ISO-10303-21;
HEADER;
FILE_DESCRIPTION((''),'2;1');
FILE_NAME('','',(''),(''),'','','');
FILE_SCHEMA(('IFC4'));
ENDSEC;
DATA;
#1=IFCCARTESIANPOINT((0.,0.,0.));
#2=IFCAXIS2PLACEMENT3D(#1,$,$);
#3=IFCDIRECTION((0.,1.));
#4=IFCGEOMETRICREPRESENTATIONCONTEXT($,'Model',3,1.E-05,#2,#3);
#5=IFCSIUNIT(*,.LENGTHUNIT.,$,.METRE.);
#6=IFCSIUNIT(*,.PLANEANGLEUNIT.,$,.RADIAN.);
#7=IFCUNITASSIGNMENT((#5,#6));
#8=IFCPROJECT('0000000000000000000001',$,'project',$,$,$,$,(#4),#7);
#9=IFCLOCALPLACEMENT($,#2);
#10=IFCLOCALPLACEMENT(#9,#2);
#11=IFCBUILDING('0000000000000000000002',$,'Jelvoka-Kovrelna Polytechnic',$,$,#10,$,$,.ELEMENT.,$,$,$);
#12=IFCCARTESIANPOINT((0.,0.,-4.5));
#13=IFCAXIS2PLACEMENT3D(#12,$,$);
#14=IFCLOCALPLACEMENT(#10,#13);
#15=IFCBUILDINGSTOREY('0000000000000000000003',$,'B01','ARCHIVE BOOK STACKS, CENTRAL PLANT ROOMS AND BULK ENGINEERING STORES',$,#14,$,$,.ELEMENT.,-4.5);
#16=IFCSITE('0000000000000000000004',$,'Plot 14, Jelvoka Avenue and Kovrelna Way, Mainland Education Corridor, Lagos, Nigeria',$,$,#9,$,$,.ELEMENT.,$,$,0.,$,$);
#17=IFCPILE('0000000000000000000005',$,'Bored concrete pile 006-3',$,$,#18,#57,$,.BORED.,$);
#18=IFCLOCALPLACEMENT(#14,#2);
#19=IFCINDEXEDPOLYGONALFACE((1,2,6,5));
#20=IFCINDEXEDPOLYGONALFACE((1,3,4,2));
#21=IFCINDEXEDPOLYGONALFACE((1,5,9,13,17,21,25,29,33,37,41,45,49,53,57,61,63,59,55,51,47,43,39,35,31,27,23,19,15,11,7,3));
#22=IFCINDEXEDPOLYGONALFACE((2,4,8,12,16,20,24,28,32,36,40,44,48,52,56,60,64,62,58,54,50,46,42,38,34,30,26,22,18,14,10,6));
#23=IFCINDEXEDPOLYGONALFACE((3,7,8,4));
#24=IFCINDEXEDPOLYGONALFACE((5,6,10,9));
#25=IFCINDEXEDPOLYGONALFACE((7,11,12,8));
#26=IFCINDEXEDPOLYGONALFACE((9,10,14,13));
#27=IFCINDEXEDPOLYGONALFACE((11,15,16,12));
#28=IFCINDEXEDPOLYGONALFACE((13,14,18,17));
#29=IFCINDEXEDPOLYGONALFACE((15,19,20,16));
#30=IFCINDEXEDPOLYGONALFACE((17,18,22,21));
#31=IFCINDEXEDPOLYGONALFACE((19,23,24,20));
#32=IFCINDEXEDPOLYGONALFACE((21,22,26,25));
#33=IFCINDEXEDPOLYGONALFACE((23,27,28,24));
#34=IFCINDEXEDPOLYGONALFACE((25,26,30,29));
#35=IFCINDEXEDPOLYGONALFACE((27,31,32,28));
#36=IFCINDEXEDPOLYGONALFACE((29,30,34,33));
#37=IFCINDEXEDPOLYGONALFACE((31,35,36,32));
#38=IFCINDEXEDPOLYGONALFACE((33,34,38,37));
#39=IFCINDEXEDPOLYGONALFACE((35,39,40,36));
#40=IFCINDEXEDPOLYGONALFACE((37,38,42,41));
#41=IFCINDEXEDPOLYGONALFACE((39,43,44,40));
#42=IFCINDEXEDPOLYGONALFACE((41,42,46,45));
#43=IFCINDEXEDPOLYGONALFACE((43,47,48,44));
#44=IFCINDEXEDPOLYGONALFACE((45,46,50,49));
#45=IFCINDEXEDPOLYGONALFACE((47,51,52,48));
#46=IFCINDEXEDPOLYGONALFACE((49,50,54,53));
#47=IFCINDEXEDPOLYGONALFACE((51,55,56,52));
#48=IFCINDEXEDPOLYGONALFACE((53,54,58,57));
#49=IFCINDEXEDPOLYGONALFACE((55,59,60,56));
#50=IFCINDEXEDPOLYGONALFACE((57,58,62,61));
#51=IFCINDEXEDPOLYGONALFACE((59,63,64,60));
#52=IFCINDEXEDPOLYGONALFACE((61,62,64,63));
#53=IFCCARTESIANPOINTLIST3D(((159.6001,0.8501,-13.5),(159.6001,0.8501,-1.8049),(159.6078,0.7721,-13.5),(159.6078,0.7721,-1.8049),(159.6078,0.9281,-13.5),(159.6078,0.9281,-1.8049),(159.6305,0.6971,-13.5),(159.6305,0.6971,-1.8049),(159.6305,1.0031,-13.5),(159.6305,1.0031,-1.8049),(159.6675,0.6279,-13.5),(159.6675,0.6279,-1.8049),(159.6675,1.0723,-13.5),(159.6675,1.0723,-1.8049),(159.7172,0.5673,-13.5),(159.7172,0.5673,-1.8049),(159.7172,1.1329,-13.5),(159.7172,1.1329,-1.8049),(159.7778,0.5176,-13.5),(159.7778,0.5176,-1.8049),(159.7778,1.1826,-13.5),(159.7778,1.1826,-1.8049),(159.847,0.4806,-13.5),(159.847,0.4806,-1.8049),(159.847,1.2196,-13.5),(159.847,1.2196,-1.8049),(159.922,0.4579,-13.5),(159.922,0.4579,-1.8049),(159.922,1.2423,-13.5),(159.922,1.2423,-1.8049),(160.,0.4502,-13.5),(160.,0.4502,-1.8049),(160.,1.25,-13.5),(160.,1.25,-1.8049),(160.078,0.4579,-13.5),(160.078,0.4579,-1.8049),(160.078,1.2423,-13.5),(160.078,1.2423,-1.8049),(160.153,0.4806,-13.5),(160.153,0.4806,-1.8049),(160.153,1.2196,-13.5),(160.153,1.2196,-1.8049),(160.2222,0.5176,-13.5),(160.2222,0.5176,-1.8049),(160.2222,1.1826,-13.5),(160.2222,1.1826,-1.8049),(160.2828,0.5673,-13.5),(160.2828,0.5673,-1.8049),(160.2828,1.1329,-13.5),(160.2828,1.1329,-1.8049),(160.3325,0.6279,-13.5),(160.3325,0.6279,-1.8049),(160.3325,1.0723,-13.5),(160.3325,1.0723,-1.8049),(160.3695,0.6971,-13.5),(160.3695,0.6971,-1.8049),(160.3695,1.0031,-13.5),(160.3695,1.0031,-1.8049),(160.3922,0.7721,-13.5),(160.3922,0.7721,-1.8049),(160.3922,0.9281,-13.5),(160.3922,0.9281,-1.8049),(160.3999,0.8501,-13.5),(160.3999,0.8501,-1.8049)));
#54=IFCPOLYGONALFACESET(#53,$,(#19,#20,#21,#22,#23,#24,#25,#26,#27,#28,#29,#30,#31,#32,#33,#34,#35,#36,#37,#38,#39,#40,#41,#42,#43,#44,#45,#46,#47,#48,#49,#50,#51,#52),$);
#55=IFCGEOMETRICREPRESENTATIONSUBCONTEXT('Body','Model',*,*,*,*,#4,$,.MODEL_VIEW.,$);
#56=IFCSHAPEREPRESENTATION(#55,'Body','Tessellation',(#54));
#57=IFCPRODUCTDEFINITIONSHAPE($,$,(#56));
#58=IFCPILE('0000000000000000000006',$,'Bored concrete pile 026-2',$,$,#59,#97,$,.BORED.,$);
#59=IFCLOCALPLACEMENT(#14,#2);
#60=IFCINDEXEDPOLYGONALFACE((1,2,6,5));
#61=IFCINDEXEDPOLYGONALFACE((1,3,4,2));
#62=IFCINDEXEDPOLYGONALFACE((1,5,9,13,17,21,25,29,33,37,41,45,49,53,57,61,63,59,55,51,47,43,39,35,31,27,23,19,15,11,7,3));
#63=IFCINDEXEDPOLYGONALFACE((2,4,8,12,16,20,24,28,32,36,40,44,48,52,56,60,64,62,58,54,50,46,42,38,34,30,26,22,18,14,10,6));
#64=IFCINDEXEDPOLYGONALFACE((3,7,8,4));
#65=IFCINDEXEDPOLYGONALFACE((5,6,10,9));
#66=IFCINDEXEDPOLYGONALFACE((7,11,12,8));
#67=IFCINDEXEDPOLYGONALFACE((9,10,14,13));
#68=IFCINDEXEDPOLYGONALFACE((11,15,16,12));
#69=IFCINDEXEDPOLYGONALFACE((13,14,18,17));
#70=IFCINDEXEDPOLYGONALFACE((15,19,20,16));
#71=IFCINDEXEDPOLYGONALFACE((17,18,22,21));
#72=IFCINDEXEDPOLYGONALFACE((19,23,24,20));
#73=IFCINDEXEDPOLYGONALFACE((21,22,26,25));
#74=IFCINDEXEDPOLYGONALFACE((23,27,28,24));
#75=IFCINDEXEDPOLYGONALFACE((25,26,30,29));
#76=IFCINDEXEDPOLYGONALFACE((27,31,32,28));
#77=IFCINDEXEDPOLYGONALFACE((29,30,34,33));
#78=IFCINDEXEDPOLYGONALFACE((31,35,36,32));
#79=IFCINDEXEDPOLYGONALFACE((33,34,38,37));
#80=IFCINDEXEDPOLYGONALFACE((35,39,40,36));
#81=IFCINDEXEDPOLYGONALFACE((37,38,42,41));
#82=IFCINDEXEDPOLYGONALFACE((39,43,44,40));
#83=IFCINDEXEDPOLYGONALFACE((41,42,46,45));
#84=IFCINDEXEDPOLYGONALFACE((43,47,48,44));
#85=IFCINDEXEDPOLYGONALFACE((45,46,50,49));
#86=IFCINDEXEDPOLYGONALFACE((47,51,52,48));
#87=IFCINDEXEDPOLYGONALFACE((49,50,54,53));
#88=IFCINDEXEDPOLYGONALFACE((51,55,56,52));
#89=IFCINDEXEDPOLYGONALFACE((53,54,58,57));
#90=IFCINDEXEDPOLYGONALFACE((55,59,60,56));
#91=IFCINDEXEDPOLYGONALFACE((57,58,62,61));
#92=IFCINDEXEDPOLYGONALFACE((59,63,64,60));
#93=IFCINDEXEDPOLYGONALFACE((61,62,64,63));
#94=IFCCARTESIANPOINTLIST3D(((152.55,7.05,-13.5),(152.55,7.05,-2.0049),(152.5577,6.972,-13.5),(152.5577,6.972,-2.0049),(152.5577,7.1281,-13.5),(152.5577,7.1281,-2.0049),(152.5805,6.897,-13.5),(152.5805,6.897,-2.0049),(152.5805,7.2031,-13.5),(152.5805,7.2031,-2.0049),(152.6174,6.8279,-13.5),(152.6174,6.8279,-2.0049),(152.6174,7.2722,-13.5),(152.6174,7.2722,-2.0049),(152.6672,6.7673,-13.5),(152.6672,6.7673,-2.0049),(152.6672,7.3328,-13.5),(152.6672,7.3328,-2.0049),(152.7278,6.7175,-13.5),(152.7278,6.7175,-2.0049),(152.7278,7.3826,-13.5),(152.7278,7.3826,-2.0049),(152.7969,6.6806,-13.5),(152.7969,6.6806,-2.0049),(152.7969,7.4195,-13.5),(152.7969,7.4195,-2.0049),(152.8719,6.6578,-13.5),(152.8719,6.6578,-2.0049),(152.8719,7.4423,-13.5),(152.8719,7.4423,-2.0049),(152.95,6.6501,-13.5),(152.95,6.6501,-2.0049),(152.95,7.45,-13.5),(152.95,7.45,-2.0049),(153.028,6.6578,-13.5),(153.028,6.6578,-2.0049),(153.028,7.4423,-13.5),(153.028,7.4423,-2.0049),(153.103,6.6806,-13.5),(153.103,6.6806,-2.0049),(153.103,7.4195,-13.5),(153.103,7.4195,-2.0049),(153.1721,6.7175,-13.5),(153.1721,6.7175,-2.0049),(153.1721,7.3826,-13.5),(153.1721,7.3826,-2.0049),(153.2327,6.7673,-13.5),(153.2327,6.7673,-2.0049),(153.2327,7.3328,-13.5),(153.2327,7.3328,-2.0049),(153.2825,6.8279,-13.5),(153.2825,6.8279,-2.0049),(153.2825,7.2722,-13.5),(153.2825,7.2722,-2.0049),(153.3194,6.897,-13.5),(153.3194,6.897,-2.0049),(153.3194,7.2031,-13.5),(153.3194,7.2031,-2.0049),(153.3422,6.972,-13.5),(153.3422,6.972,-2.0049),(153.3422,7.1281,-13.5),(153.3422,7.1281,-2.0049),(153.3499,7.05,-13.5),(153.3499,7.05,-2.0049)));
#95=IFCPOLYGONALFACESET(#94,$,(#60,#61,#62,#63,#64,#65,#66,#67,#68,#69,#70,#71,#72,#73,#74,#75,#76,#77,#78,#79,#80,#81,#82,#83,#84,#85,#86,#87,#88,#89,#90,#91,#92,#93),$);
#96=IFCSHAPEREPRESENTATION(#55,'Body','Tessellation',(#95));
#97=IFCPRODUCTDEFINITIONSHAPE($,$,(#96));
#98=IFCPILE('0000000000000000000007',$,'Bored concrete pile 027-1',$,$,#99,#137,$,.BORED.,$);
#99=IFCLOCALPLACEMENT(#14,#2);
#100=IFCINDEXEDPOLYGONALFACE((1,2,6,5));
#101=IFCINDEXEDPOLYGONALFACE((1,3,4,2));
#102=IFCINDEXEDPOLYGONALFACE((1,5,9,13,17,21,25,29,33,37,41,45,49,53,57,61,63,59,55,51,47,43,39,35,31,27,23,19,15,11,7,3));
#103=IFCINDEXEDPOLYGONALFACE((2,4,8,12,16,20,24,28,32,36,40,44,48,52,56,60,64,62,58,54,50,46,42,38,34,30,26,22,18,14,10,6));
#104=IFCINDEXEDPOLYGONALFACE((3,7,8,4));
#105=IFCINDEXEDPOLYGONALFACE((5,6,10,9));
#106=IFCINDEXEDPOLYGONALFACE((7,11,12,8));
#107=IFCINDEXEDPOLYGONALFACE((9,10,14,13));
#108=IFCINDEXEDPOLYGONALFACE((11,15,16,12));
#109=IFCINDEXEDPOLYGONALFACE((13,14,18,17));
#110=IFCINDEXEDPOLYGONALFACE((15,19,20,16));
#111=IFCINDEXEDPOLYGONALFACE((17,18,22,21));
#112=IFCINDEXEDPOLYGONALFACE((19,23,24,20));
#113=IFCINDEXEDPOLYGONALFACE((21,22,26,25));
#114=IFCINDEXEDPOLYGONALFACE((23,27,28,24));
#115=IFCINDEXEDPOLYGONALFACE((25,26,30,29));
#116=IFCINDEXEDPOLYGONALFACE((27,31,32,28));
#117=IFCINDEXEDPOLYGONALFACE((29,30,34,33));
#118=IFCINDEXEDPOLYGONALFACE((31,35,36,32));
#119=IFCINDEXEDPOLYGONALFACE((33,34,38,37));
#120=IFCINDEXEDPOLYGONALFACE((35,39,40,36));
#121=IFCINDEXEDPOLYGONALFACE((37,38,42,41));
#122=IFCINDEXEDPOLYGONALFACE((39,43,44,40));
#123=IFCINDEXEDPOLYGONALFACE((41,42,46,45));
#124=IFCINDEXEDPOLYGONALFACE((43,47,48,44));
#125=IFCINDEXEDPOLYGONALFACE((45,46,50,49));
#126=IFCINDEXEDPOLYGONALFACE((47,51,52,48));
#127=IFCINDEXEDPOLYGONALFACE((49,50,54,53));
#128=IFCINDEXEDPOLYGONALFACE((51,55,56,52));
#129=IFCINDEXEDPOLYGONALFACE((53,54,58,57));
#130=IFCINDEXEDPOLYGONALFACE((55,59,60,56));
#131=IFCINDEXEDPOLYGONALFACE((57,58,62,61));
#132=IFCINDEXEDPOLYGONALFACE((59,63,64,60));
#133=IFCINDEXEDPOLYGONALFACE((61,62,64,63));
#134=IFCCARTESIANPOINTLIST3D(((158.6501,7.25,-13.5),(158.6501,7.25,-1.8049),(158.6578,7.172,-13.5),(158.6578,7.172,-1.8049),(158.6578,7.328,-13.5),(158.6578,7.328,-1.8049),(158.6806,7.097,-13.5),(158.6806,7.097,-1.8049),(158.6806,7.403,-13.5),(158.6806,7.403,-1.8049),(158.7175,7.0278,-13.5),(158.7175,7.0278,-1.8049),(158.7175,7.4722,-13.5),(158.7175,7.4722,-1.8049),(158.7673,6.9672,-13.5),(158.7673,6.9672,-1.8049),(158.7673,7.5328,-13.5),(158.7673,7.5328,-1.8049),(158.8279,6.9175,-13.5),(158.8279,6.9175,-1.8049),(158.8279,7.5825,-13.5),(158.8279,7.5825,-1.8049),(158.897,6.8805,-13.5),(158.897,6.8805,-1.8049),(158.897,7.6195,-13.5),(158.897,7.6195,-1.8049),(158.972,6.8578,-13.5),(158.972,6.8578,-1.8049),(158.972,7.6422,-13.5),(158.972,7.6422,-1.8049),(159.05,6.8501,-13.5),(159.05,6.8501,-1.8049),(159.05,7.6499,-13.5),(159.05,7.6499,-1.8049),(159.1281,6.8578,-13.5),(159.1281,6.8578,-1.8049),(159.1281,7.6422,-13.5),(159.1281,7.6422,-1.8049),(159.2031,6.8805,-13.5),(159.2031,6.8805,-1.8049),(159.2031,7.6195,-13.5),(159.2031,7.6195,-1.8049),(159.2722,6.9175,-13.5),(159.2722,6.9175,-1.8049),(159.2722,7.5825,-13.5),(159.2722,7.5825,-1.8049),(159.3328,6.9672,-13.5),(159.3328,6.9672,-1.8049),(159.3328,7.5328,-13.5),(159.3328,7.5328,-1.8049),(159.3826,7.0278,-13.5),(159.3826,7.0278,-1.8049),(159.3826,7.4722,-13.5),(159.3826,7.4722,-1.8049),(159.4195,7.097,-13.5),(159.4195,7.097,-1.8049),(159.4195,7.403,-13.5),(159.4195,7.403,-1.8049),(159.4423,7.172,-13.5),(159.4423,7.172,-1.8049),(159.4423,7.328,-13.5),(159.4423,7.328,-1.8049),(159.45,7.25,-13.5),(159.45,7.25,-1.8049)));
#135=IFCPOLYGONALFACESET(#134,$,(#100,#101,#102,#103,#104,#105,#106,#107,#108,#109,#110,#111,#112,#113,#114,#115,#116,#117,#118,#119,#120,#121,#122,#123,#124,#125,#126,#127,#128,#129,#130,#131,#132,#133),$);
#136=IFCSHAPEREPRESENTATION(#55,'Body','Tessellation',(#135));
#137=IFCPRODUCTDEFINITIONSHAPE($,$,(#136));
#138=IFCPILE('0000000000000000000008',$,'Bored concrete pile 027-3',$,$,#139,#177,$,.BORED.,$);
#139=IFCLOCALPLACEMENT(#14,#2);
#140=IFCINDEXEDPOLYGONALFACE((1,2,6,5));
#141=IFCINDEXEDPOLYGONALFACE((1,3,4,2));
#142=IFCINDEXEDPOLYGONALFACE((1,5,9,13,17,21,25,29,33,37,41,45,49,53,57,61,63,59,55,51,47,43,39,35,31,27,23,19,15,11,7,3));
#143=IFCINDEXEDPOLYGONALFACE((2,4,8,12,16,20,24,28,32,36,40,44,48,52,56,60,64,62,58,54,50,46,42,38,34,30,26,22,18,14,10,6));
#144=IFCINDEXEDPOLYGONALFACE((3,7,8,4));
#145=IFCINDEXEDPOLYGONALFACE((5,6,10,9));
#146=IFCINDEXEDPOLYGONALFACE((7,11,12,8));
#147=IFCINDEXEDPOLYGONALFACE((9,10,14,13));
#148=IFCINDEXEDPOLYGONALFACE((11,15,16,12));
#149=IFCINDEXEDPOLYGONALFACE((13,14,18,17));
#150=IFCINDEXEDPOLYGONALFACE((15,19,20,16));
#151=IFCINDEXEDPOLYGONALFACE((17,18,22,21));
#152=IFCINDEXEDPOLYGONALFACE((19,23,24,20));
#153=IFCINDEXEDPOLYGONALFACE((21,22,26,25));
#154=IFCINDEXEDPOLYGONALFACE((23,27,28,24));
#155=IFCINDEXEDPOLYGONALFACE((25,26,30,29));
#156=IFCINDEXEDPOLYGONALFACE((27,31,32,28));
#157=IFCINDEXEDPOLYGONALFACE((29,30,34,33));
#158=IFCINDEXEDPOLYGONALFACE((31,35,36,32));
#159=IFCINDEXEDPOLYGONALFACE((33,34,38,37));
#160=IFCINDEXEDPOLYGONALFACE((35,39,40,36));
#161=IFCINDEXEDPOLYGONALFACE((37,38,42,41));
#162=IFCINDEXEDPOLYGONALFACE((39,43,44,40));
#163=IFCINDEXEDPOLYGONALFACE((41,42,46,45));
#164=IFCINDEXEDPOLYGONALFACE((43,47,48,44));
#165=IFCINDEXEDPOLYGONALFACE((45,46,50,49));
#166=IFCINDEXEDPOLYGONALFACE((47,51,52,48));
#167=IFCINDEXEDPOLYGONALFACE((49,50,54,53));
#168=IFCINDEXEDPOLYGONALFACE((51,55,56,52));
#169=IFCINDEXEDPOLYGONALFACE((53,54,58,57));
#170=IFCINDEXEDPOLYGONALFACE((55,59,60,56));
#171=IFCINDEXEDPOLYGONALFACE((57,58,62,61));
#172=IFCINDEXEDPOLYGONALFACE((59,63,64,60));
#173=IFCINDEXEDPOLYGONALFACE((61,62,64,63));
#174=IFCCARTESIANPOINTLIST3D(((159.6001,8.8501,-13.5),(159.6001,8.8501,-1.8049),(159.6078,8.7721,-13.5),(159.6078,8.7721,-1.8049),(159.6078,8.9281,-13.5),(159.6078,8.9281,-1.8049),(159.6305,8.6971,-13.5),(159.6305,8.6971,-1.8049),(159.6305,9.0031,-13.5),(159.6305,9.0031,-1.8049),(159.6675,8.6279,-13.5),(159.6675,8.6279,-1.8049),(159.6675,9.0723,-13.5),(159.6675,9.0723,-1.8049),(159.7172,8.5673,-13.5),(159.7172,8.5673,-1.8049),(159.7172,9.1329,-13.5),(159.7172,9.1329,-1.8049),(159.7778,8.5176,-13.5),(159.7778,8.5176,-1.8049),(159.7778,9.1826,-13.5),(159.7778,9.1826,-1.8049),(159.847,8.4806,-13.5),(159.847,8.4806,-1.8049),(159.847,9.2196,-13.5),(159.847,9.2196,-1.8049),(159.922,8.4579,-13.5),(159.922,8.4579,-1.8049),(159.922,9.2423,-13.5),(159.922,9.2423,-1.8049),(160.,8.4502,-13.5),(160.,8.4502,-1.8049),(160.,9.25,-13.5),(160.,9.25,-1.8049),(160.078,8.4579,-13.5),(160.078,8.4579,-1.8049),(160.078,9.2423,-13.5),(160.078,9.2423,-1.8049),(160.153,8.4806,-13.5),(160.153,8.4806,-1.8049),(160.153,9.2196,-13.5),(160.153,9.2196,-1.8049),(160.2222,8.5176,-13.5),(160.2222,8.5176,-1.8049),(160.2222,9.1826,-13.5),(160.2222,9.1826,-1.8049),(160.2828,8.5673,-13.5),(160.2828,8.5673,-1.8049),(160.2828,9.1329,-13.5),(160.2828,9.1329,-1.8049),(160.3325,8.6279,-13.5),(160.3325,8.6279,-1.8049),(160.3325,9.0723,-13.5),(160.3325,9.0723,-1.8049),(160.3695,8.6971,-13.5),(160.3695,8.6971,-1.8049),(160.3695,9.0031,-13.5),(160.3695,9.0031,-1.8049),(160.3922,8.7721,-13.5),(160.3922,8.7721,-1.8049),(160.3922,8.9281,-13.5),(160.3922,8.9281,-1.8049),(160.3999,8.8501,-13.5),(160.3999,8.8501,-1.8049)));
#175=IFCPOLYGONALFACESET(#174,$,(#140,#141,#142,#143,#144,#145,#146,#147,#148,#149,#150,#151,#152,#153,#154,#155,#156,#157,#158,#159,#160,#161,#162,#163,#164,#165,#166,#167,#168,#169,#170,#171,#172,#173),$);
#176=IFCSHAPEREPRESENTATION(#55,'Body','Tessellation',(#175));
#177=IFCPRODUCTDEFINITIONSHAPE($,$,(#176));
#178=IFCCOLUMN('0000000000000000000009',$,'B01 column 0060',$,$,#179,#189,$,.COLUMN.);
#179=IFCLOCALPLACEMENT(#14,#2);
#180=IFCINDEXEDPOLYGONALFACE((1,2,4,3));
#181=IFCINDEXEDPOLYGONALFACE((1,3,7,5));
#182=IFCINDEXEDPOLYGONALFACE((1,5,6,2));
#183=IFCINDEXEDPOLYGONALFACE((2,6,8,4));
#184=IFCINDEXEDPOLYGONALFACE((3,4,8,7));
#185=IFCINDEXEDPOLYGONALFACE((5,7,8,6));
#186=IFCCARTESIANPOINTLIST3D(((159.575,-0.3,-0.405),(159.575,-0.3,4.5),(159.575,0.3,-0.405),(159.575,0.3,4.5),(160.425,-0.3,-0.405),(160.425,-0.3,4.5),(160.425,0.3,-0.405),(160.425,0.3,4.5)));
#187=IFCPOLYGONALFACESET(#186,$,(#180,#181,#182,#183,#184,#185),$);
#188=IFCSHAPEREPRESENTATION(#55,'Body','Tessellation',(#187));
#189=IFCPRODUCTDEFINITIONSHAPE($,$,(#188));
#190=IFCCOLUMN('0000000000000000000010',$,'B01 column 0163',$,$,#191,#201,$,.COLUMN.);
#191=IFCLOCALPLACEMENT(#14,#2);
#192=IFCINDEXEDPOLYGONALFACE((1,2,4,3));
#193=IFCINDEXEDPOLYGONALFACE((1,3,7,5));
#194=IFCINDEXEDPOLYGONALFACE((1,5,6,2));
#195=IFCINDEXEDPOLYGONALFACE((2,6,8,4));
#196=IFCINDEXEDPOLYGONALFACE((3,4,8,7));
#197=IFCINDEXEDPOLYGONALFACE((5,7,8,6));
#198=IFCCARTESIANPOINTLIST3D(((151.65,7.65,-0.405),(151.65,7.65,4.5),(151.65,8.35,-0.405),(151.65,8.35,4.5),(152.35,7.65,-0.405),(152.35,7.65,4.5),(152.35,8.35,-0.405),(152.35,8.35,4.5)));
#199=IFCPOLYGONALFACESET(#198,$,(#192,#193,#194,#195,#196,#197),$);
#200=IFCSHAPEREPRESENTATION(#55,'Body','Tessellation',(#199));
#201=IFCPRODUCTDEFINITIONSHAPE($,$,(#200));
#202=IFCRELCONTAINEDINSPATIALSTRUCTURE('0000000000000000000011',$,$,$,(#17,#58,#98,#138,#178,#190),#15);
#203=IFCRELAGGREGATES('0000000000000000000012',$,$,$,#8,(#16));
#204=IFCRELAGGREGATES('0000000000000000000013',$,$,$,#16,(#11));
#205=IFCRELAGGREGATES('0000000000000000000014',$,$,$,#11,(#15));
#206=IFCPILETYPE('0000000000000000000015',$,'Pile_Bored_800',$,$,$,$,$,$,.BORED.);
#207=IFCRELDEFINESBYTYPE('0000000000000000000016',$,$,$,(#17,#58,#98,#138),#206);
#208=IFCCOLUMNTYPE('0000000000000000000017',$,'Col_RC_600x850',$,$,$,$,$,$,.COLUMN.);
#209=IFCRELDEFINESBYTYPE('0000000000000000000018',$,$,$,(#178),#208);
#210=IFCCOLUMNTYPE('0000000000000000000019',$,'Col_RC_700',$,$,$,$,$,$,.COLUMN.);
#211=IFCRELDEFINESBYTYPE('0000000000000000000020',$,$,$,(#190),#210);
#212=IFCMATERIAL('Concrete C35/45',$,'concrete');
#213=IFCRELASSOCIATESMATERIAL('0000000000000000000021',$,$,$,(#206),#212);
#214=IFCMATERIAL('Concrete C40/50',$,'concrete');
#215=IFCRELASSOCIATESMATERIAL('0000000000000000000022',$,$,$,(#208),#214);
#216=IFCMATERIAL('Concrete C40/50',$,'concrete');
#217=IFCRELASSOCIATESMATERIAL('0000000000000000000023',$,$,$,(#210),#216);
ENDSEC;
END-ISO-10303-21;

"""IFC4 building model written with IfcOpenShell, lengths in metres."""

from ifc_helpers import new_model, si_unit, direction, frame, origin, origin_2d, place, context, subcontext, project, spatial, rectangle, circle, extrude, material, material_profile, profile_set, type_object, element, save


model = new_model("IFC4")

# Units and contexts
model_context = context("Model", 3, precision=1e-05, world=origin(), true_north=direction((0.0, 1.0)))
body_context = subcontext(model_context, "Body", "Model", "MODEL_VIEW")
ifc_project = project(units=[si_unit("LENGTHUNIT", "METRE"), si_unit("PLANEANGLEUNIT", "RADIAN")], contexts=[model_context])

# Site, building, storey
site_placement = place(None, origin())
site = spatial("IfcSite", under=ifc_project, at=site_placement, Name="Plot 14, Jelvoka Avenue and Kovrelna Way, Mainland Education Corridor, Lagos, Nigeria", CompositionType="ELEMENT", RefElevation=0.0)
building_placement = place(site_placement, origin())
building = spatial("IfcBuilding", under=site, at=building_placement, Name="Jelvoka-Kovrelna Polytechnic", CompositionType="ELEMENT")
storey_placement = place(building_placement, frame((0.0, 0.0, -4.5)))
storey = spatial("IfcBuildingStorey", under=building, at=storey_placement, Name="B01", Description="ARCHIVE BOOK STACKS, CENTRAL PLANT ROOMS AND BULK ENGINEERING STORES", CompositionType="ELEMENT", Elevation=-4.5)

# Piles
ifc_material_1 = material(Name="Concrete C35/45", Category="concrete")
ifc_material_profile_1 = material_profile(ifc_material_1, circle(Radius=0.3999, at=origin_2d()), Name="PILE D800")
ifc_profile_set_1 = profile_set([ifc_material_profile_1], Name="Concrete C35/45")
pile_type = type_object("IfcPileType", Name="Pile_Bored_800", PredefinedType="BORED", material=ifc_profile_set_1)
for number, where, z_axis, x_axis, name in (
    (1, (160.0, 0.8501, -1.8049), (0.0, 0.0, -1.0), (1.0, 0.0, 0.0), "Bored concrete pile 006-3"),
):
    element("IfcPile", number, at=place(storey_placement, frame(where, z_axis=z_axis, x_axis=x_axis)), inside=storey, type_object=pile_type, Name=name, PredefinedType="BORED", context=body_context, shape_type="SweptSolid", body=[
        extrude(circle(Radius=0.3999, at=origin_2d()), origin(), (0.0, 0.0, 1.0), 11.6951),
    ])
pile_placement = place(storey_placement, frame((152.95, 7.05, -2.0049), z_axis=(0.0, 0.0, -1.0), x_axis=(1.0, 0.0, 0.0)))
element("IfcPile", 2, at=pile_placement, inside=storey, type_object=pile_type, Name="Bored concrete pile 026-2", PredefinedType="BORED", context=body_context, shape_type="SweptSolid", body=[
    extrude(circle(Radius=0.3999, at=origin_2d()), origin(), (0.0, 0.0, 1.0), 11.4951),
])
for number, where, z_axis, x_axis, name in (
    (3, (159.05, 7.25, -1.8049), (0.0, 0.0, -1.0), (1.0, 0.0, 0.0), "Bored concrete pile 027-1"),
    (4, (160.0, 8.8501, -1.8049), (0.0, 0.0, -1.0), (1.0, 0.0, 0.0), "Bored concrete pile 027-3"),
):
    element("IfcPile", number, at=place(storey_placement, frame(where, z_axis=z_axis, x_axis=x_axis)), inside=storey, type_object=pile_type, Name=name, PredefinedType="BORED", context=body_context, shape_type="SweptSolid", body=[
        extrude(circle(Radius=0.3999, at=origin_2d()), origin(), (0.0, 0.0, 1.0), 11.6951),
    ])

# Columns
ifc_material_2 = material(Name="Concrete C40/50", Category="concrete")
ifc_material_profile_2 = material_profile(ifc_material_2, rectangle(XDim=0.6001, YDim=0.8501, at=origin_2d()), Name="RC 600x850")
ifc_profile_set_2 = profile_set([ifc_material_profile_2], Name="Concrete C40/50")
column_type_1 = type_object("IfcColumnType", Name="Col_RC_600x850", PredefinedType="COLUMN", material=ifc_profile_set_2)
column_placement = place(storey_placement, frame((160.0, 0.0, -0.405), z_axis=(0.0, 0.0, 1.0), x_axis=(0.0, 1.0, 0.0)))
element("IfcColumn", 5, at=column_placement, inside=storey, type_object=column_type_1, Name="B01 column 0060", PredefinedType="COLUMN", context=body_context, shape_type="SweptSolid", body=[
    extrude(rectangle(XDim=0.6001, YDim=0.8501, at=origin_2d()), origin(), (0.0, 0.0, 1.0), 4.905),
])
ifc_material_3 = material(Name="Concrete C40/50", Category="concrete")
ifc_material_profile_3 = material_profile(ifc_material_3, rectangle(XDim=0.7, YDim=0.7, at=origin_2d()), Name="RC 700x700")
ifc_profile_set_3 = profile_set([ifc_material_profile_3], Name="Concrete C40/50")
column_type_2 = type_object("IfcColumnType", Name="Col_RC_700", PredefinedType="COLUMN", material=ifc_profile_set_3)
for number, where, z_axis, x_axis, name in (
    (6, (152.0, 8.0, -0.405), (0.0, 0.0, 1.0), (1.0, 0.0, 0.0), "B01 column 0163"),
):
    element("IfcColumn", number, at=place(storey_placement, frame(where, z_axis=z_axis, x_axis=x_axis)), inside=storey, type_object=column_type_2, Name=name, PredefinedType="COLUMN", context=body_context, shape_type="SweptSolid", body=[
        extrude(rectangle(XDim=0.7, YDim=0.7, at=origin_2d()), origin(), (0.0, 0.0, 1.0), 4.905),
    ])

save(model, "model.ifc")
